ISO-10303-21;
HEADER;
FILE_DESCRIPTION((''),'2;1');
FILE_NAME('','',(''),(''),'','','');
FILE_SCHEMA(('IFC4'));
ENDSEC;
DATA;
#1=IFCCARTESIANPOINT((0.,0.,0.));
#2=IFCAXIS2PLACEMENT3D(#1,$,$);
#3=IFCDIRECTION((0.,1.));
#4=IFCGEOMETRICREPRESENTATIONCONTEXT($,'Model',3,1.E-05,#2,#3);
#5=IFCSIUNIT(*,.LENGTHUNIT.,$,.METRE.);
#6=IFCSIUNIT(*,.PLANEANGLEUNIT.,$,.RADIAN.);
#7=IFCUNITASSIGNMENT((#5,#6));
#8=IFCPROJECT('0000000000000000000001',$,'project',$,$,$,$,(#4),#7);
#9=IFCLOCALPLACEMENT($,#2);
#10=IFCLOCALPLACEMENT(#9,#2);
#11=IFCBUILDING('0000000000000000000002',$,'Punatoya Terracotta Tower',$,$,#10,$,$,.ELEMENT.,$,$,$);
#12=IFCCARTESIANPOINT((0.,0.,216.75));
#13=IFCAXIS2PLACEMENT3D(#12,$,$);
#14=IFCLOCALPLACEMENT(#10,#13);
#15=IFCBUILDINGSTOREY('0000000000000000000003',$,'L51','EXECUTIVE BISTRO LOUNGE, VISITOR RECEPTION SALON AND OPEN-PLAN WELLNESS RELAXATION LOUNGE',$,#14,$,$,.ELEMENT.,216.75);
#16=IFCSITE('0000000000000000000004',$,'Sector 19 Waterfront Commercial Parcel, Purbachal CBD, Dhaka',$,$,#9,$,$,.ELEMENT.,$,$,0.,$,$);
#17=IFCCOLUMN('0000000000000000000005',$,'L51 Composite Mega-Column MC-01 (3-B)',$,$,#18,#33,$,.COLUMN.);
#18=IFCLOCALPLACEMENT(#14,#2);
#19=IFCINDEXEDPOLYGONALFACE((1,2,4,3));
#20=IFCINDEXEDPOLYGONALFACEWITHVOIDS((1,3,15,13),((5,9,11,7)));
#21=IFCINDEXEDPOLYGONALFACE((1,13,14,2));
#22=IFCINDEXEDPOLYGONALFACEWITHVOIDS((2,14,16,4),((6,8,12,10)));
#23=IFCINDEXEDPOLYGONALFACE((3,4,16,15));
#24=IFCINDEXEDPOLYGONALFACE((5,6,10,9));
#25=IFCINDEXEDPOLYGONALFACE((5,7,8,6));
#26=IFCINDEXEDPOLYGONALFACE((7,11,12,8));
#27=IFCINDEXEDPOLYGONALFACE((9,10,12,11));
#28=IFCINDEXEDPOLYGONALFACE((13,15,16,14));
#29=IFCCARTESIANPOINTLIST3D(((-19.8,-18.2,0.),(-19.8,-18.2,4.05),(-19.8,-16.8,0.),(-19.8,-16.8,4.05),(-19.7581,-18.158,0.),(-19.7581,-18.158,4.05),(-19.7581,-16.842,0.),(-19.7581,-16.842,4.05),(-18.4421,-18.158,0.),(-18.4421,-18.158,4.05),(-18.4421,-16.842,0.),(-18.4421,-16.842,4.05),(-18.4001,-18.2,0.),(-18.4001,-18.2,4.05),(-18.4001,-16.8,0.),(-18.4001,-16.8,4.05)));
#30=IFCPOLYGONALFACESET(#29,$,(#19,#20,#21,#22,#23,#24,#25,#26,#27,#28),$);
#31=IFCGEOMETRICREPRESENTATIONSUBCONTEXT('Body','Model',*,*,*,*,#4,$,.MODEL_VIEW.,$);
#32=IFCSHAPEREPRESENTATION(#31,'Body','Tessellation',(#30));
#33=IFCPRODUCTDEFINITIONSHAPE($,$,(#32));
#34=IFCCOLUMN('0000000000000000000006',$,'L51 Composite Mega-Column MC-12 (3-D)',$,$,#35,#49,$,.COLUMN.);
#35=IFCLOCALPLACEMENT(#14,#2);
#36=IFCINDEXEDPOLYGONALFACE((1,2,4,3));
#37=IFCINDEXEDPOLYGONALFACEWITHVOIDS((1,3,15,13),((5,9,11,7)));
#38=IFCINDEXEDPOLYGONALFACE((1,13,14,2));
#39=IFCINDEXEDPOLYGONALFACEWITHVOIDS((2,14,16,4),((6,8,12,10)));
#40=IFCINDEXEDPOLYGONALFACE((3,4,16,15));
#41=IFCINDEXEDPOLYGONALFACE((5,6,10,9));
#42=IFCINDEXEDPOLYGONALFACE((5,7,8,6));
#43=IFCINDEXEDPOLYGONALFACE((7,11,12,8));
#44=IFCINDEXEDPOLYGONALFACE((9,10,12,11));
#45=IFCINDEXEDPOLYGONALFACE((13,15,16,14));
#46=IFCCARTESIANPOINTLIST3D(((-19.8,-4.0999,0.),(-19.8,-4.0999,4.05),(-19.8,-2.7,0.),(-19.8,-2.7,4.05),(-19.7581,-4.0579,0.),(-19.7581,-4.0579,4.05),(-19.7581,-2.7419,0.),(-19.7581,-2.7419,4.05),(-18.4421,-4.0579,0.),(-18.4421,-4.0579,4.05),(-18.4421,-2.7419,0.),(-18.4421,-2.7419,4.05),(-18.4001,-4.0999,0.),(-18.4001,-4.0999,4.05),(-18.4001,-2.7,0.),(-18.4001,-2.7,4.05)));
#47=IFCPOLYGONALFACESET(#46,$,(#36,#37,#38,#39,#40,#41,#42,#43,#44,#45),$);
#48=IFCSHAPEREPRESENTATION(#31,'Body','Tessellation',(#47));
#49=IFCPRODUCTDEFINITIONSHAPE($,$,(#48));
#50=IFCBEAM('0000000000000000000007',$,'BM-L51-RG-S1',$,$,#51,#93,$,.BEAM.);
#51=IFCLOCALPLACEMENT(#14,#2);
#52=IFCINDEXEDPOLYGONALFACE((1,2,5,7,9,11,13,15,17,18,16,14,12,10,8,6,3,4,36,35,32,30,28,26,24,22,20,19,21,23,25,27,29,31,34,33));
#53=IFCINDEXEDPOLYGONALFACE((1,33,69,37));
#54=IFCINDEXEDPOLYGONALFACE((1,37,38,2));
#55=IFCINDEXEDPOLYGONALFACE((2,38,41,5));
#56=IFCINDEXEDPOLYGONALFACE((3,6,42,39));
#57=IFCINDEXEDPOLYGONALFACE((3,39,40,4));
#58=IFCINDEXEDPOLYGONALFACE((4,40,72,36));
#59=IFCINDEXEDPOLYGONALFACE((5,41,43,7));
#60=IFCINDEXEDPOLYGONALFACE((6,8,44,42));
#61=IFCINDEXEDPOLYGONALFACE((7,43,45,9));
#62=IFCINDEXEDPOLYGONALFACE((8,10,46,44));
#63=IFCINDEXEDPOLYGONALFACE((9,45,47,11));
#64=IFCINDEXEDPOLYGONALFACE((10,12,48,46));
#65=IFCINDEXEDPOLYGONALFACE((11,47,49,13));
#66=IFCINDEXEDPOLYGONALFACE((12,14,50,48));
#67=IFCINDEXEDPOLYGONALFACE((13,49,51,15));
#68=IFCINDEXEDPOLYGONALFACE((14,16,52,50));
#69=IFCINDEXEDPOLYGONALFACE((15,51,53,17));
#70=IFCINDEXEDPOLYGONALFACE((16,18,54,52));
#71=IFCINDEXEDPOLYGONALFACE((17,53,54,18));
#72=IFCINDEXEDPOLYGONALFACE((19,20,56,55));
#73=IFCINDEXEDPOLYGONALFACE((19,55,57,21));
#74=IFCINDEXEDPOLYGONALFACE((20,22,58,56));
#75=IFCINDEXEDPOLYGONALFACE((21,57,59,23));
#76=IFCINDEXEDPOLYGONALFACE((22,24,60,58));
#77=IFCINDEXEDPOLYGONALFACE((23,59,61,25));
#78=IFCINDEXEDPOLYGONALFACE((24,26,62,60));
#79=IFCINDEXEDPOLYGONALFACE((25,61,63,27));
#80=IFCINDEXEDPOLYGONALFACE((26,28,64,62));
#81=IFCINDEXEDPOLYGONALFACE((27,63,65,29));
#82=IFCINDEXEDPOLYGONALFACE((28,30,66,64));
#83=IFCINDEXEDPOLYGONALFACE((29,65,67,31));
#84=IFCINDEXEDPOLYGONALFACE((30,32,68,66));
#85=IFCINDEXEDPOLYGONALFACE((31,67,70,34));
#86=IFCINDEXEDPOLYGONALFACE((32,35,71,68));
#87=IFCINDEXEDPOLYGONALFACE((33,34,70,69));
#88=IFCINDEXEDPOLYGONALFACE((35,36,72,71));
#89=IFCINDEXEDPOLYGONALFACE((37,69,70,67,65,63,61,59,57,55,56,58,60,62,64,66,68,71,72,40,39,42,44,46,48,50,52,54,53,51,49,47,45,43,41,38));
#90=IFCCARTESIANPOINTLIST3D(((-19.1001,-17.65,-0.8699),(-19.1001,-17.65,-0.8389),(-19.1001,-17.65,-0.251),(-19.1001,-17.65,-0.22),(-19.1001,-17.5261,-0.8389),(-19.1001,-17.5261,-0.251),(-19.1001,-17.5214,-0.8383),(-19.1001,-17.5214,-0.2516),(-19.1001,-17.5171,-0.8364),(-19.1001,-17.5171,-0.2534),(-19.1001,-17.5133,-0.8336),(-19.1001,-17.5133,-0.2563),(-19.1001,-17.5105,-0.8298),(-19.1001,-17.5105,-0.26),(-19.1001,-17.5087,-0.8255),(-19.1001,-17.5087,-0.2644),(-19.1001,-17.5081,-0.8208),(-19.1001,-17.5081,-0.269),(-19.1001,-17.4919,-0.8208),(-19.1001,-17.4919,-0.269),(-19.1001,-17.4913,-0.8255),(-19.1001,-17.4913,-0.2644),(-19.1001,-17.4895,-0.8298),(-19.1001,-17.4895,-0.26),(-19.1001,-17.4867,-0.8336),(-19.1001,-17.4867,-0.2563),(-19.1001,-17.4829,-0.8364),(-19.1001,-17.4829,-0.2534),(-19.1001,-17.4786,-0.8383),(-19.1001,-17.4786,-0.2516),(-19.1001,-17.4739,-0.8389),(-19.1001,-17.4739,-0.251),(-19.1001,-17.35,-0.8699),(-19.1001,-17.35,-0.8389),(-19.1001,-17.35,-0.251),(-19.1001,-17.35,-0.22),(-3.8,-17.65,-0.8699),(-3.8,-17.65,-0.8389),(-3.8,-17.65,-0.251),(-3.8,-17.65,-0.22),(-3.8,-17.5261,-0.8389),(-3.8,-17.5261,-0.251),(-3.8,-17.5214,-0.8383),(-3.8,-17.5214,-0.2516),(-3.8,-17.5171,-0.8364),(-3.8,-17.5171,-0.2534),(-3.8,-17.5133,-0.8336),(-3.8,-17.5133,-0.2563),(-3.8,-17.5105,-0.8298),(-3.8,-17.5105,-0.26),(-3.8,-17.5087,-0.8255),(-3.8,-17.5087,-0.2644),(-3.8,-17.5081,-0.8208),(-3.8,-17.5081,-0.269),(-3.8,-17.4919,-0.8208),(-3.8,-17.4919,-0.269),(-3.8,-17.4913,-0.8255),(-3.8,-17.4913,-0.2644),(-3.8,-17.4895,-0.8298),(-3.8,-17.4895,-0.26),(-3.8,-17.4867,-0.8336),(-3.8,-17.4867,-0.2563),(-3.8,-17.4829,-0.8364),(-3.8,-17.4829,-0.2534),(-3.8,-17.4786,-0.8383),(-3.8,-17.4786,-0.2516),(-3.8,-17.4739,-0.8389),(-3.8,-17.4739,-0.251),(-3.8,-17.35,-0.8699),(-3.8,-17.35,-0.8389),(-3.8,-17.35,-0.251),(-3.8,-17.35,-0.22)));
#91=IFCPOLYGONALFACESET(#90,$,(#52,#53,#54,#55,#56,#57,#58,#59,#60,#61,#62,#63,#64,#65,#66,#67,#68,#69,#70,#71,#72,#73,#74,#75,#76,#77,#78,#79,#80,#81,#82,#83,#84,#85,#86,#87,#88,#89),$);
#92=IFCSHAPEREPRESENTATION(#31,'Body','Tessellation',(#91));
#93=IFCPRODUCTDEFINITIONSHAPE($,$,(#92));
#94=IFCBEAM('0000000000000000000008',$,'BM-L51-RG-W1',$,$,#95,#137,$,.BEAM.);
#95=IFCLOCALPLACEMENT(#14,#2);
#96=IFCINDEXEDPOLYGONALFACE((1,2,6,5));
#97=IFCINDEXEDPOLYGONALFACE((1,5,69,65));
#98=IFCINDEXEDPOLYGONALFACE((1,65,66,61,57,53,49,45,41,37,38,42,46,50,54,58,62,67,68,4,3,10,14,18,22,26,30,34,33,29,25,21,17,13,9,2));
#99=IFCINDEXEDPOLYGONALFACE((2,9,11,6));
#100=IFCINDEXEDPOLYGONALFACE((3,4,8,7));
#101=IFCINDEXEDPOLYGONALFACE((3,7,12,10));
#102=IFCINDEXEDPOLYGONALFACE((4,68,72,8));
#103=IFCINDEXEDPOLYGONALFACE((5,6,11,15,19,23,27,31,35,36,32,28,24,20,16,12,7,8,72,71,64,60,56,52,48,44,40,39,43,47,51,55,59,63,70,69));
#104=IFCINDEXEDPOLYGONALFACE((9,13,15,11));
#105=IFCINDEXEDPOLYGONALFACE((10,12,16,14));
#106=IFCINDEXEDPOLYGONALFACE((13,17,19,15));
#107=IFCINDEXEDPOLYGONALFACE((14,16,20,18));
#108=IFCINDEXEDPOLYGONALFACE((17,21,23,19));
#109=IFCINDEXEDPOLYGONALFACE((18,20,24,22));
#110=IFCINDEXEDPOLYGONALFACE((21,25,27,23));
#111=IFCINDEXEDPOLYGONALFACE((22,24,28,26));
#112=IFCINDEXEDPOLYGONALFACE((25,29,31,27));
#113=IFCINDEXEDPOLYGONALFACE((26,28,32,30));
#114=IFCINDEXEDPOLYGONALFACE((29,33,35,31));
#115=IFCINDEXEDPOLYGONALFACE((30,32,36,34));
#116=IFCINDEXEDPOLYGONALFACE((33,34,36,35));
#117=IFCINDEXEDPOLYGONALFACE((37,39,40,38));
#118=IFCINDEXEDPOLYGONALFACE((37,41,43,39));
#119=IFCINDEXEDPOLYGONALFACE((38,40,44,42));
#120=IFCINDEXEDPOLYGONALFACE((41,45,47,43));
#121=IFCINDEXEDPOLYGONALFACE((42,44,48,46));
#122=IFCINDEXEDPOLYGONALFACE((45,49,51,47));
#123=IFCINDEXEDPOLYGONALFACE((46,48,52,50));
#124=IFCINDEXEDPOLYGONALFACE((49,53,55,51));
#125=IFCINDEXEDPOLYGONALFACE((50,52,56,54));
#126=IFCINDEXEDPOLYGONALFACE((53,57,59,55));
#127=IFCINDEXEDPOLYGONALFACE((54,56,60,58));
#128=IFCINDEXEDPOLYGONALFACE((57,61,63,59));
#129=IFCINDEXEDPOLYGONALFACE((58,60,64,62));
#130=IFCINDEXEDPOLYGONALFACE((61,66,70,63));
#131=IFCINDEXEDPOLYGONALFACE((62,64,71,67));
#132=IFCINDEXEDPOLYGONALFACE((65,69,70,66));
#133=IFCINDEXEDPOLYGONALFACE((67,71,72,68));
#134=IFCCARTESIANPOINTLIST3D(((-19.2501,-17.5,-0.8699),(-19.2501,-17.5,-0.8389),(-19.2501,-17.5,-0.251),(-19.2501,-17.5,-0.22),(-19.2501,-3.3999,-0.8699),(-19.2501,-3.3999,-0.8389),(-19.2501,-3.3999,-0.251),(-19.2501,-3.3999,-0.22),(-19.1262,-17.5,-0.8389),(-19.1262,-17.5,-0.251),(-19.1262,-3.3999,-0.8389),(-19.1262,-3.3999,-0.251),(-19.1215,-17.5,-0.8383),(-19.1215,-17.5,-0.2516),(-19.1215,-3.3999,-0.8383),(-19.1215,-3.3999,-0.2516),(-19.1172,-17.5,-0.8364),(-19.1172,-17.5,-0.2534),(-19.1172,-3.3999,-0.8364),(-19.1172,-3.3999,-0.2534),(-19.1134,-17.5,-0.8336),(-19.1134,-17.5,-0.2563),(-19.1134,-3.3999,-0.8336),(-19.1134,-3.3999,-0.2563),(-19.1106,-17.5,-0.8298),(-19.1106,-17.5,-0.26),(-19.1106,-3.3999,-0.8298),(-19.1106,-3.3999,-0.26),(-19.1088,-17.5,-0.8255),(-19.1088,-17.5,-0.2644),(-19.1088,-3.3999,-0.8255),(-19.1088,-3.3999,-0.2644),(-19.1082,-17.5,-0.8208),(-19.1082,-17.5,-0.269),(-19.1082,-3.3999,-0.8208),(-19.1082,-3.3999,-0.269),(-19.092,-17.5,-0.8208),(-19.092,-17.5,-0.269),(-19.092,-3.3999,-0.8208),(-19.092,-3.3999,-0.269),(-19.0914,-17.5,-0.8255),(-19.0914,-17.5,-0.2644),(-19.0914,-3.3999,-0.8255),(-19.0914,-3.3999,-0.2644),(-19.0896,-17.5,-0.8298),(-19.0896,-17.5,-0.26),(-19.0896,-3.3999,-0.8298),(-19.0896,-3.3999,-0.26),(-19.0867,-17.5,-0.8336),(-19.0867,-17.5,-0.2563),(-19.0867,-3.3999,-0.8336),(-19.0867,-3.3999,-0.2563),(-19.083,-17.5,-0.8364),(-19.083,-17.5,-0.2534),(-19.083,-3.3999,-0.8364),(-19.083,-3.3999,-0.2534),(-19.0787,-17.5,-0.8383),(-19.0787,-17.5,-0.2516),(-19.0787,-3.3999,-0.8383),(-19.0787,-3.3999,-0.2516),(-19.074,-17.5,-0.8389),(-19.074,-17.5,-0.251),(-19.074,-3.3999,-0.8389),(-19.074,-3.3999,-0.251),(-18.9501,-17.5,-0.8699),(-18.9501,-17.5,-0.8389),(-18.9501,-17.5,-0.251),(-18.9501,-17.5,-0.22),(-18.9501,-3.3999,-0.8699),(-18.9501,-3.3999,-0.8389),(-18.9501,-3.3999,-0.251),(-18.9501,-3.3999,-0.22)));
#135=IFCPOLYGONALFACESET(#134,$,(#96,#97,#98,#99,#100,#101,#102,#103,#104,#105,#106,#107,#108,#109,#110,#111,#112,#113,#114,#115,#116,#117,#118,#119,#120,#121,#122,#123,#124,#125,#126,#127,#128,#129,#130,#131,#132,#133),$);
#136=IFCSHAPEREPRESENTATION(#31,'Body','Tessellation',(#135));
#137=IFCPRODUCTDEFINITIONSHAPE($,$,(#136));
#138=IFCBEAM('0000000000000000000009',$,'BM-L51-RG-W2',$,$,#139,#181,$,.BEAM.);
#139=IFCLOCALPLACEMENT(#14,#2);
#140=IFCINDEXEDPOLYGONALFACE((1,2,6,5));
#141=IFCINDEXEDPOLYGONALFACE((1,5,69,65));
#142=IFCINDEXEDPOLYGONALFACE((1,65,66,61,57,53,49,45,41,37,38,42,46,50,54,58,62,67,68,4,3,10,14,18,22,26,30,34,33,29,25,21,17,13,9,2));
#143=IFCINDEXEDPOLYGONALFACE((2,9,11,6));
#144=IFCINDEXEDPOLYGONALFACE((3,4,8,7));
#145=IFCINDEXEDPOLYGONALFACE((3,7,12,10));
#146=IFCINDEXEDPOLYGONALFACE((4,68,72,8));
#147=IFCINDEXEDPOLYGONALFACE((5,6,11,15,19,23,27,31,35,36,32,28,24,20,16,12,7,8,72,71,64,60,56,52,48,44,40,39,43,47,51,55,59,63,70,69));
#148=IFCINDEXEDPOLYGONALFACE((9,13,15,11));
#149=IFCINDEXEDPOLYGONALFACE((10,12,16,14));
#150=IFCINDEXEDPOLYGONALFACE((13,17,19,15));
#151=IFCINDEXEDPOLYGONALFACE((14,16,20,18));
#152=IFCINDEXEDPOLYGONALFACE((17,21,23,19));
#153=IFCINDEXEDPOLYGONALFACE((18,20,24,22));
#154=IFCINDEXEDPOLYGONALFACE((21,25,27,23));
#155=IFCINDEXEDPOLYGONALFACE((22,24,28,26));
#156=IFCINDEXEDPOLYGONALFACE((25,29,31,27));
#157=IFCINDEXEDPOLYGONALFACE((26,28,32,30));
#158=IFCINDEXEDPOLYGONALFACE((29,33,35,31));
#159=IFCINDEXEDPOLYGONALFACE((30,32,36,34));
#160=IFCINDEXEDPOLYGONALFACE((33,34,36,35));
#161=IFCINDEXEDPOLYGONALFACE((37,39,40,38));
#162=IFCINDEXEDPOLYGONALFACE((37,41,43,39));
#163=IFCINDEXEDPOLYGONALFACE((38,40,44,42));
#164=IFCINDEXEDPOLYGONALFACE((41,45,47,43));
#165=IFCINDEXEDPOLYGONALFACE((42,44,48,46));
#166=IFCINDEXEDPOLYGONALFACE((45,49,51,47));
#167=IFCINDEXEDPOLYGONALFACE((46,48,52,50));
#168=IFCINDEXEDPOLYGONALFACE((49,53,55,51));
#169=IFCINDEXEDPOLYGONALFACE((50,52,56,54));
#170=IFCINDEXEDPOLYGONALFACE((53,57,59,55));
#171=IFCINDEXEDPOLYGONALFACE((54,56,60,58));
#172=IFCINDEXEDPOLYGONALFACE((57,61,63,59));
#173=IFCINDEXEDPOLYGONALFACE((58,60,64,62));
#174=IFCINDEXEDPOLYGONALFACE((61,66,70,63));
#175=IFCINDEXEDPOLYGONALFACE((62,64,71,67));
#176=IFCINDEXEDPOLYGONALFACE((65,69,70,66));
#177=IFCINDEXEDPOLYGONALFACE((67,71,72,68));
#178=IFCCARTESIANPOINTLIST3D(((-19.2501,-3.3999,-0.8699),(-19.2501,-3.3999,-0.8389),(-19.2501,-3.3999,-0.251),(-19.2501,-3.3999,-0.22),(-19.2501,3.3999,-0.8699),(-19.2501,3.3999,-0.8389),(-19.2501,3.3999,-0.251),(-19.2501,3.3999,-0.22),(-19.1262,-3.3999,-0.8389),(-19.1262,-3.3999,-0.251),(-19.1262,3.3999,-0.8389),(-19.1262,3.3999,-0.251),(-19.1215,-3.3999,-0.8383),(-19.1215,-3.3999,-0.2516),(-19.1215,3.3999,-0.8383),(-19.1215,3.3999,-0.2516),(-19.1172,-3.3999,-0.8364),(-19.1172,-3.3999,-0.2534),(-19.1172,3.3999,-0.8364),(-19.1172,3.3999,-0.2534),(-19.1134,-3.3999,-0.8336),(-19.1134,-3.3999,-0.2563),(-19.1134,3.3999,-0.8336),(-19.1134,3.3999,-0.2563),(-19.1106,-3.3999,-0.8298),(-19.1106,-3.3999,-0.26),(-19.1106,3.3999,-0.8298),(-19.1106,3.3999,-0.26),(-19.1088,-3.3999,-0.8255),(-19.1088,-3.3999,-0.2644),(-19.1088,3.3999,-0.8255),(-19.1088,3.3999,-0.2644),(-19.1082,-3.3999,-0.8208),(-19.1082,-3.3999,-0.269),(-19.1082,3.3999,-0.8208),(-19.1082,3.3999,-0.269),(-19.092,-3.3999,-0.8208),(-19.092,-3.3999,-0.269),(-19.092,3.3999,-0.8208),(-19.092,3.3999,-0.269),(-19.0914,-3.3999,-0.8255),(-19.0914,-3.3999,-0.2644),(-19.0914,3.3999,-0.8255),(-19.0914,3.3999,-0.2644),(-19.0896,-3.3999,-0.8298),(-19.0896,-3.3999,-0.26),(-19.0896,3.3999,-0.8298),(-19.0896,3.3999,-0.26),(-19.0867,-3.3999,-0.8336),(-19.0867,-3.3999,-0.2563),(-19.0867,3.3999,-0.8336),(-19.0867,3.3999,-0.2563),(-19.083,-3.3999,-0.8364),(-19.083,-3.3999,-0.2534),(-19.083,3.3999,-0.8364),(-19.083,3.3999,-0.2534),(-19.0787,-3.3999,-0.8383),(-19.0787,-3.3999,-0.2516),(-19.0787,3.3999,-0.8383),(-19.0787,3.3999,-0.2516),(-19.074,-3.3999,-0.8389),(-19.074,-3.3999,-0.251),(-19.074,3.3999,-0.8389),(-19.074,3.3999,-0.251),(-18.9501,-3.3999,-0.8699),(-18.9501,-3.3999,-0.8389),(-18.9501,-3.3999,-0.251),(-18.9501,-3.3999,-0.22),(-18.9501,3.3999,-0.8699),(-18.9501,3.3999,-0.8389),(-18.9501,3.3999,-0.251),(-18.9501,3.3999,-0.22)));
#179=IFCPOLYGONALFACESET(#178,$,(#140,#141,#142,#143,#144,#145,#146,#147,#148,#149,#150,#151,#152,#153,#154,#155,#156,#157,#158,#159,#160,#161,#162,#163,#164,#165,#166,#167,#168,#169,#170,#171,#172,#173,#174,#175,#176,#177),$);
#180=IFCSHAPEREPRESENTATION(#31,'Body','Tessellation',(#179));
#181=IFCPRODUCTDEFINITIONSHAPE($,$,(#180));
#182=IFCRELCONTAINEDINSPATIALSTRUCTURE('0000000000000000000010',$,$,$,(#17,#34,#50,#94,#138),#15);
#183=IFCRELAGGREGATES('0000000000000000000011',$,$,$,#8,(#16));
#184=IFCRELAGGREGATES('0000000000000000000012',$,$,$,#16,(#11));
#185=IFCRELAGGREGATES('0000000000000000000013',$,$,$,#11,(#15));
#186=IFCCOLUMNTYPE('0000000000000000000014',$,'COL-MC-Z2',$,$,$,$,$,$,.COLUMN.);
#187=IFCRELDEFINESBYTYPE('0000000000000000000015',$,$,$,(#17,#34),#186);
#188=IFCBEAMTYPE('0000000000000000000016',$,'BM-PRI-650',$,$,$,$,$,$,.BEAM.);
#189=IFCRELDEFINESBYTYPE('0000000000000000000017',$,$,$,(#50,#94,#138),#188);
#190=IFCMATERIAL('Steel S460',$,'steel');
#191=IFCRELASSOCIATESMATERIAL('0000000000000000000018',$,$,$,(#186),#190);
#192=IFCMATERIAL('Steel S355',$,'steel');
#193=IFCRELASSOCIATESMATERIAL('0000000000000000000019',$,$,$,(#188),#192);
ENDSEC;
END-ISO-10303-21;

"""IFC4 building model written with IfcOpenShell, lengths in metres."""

from ifc_helpers import new_model, si_unit, direction, frame, origin, origin_2d, place, context, subcontext, project, spatial, hollow_rectangle, i_section, extrude, material, material_profile, profile_set, type_object, element, save


model = new_model("IFC4")

# Units and contexts
model_context = context("Model", 3, precision=1e-05, world=origin(), true_north=direction((0.0, 1.0)))
body_context = subcontext(model_context, "Body", "Model", "MODEL_VIEW")
ifc_project = project(units=[si_unit("LENGTHUNIT", "METRE"), si_unit("PLANEANGLEUNIT", "RADIAN")], contexts=[model_context])

# Site, building, storey
site_placement = place(None, origin())
site = spatial("IfcSite", under=ifc_project, at=site_placement, Name="Sector 19 Waterfront Commercial Parcel, Purbachal CBD, Dhaka", CompositionType="ELEMENT", RefElevation=0.0)
building_placement = place(site_placement, origin())
building = spatial("IfcBuilding", under=site, at=building_placement, Name="Punatoya Terracotta Tower", CompositionType="ELEMENT")
storey_placement = place(building_placement, frame((0.0, 0.0, 216.75)))
storey = spatial("IfcBuildingStorey", under=building, at=storey_placement, Name="L51", Description="EXECUTIVE BISTRO LOUNGE, VISITOR RECEPTION SALON AND OPEN-PLAN WELLNESS RELAXATION LOUNGE", CompositionType="ELEMENT", Elevation=216.75)

# Columns
ifc_material_1 = material(Name="Steel S460", Category="steel")
ifc_material_profile_1 = material_profile(ifc_material_1, hollow_rectangle(XDim=1.3999, YDim=1.3999, WallThickness=0.042, at=origin_2d()))
ifc_profile_set_1 = profile_set([ifc_material_profile_1], Name="Steel S460")
column_type = type_object("IfcColumnType", Name="COL-MC-Z2", PredefinedType="COLUMN", material=ifc_profile_set_1)
for number, where, z_axis, x_axis, name in (
    (1, (-19.1001, -17.5, 0.0), (0.0, 0.0, 1.0), (1.0, 0.0, 0.0), "L51 Composite Mega-Column MC-01 (3-B)"),
    (2, (-19.1001, -3.3999, 0.0), (0.0, 0.0, 1.0), (1.0, 0.0, 0.0), "L51 Composite Mega-Column MC-12 (3-D)"),
):
    element("IfcColumn", number, at=place(storey_placement, frame(where, z_axis=z_axis, x_axis=x_axis)), inside=storey, type_object=column_type, Name=name, PredefinedType="COLUMN", context=body_context, shape_type="SweptSolid", body=[
        extrude(hollow_rectangle(XDim=1.3999, YDim=1.3999, WallThickness=0.042, at=origin_2d()), origin(), (0.0, 0.0, 1.0), 4.05),
    ])

# Beams
ifc_material_2 = material(Name="Steel S355", Category="steel")
ifc_material_profile_2 = material_profile(ifc_material_2, i_section(OverallWidth=0.3, OverallDepth=0.6499, WebThickness=0.0161, FlangeThickness=0.031, FilletRadius=0.0181, at=origin_2d()))
ifc_profile_set_2 = profile_set([ifc_material_profile_2], Name="Steel S355")
beam_type_1 = type_object("IfcBeamType", Name="BM-PRI-650", PredefinedType="BEAM", material=ifc_profile_set_2)
beam_1_placement = place(storey_placement, frame((-19.1001, -17.5, -0.5449), z_axis=(1.0, 0.0, 0.0), x_axis=(0.0, 1.0, 0.0)))
element("IfcBeam", 3, at=beam_1_placement, inside=storey, type_object=beam_type_1, Name="BM-L51-RG-S1", PredefinedType="BEAM", context=body_context, shape_type="SweptSolid", body=[
    extrude(i_section(OverallWidth=0.3, OverallDepth=0.6499, WebThickness=0.0161, FlangeThickness=0.031, FilletRadius=0.0181, at=origin_2d()), origin(), (0.0, 0.0, 1.0), 15.3),
])
beam_2_placement = place(storey_placement, frame((-19.1001, -17.5, -0.5449), z_axis=(0.0, 1.0, 0.0), x_axis=(-1.0, 0.0, 0.0)))
element("IfcBeam", 4, at=beam_2_placement, inside=storey, type_object=beam_type_1, Name="BM-L51-RG-W1", PredefinedType="BEAM", context=body_context, shape_type="SweptSolid", body=[
    extrude(i_section(OverallWidth=0.3, OverallDepth=0.6499, WebThickness=0.0161, FlangeThickness=0.031, FilletRadius=0.0181, at=origin_2d()), origin(), (0.0, 0.0, 1.0), 14.1001),
])
beam_3_placement = place(storey_placement, frame((-19.1001, -3.3999, -0.5449), z_axis=(0.0, 1.0, 0.0), x_axis=(-1.0, 0.0, 0.0)))
element("IfcBeam", 5, at=beam_3_placement, inside=storey, type_object=beam_type_1, Name="BM-L51-RG-W2", PredefinedType="BEAM", context=body_context, shape_type="SweptSolid", body=[
    extrude(i_section(OverallWidth=0.3, OverallDepth=0.6499, WebThickness=0.0161, FlangeThickness=0.031, FilletRadius=0.0181, at=origin_2d()), origin(), (0.0, 0.0, 1.0), 6.7998),
])

save(model, "model.ifc")
